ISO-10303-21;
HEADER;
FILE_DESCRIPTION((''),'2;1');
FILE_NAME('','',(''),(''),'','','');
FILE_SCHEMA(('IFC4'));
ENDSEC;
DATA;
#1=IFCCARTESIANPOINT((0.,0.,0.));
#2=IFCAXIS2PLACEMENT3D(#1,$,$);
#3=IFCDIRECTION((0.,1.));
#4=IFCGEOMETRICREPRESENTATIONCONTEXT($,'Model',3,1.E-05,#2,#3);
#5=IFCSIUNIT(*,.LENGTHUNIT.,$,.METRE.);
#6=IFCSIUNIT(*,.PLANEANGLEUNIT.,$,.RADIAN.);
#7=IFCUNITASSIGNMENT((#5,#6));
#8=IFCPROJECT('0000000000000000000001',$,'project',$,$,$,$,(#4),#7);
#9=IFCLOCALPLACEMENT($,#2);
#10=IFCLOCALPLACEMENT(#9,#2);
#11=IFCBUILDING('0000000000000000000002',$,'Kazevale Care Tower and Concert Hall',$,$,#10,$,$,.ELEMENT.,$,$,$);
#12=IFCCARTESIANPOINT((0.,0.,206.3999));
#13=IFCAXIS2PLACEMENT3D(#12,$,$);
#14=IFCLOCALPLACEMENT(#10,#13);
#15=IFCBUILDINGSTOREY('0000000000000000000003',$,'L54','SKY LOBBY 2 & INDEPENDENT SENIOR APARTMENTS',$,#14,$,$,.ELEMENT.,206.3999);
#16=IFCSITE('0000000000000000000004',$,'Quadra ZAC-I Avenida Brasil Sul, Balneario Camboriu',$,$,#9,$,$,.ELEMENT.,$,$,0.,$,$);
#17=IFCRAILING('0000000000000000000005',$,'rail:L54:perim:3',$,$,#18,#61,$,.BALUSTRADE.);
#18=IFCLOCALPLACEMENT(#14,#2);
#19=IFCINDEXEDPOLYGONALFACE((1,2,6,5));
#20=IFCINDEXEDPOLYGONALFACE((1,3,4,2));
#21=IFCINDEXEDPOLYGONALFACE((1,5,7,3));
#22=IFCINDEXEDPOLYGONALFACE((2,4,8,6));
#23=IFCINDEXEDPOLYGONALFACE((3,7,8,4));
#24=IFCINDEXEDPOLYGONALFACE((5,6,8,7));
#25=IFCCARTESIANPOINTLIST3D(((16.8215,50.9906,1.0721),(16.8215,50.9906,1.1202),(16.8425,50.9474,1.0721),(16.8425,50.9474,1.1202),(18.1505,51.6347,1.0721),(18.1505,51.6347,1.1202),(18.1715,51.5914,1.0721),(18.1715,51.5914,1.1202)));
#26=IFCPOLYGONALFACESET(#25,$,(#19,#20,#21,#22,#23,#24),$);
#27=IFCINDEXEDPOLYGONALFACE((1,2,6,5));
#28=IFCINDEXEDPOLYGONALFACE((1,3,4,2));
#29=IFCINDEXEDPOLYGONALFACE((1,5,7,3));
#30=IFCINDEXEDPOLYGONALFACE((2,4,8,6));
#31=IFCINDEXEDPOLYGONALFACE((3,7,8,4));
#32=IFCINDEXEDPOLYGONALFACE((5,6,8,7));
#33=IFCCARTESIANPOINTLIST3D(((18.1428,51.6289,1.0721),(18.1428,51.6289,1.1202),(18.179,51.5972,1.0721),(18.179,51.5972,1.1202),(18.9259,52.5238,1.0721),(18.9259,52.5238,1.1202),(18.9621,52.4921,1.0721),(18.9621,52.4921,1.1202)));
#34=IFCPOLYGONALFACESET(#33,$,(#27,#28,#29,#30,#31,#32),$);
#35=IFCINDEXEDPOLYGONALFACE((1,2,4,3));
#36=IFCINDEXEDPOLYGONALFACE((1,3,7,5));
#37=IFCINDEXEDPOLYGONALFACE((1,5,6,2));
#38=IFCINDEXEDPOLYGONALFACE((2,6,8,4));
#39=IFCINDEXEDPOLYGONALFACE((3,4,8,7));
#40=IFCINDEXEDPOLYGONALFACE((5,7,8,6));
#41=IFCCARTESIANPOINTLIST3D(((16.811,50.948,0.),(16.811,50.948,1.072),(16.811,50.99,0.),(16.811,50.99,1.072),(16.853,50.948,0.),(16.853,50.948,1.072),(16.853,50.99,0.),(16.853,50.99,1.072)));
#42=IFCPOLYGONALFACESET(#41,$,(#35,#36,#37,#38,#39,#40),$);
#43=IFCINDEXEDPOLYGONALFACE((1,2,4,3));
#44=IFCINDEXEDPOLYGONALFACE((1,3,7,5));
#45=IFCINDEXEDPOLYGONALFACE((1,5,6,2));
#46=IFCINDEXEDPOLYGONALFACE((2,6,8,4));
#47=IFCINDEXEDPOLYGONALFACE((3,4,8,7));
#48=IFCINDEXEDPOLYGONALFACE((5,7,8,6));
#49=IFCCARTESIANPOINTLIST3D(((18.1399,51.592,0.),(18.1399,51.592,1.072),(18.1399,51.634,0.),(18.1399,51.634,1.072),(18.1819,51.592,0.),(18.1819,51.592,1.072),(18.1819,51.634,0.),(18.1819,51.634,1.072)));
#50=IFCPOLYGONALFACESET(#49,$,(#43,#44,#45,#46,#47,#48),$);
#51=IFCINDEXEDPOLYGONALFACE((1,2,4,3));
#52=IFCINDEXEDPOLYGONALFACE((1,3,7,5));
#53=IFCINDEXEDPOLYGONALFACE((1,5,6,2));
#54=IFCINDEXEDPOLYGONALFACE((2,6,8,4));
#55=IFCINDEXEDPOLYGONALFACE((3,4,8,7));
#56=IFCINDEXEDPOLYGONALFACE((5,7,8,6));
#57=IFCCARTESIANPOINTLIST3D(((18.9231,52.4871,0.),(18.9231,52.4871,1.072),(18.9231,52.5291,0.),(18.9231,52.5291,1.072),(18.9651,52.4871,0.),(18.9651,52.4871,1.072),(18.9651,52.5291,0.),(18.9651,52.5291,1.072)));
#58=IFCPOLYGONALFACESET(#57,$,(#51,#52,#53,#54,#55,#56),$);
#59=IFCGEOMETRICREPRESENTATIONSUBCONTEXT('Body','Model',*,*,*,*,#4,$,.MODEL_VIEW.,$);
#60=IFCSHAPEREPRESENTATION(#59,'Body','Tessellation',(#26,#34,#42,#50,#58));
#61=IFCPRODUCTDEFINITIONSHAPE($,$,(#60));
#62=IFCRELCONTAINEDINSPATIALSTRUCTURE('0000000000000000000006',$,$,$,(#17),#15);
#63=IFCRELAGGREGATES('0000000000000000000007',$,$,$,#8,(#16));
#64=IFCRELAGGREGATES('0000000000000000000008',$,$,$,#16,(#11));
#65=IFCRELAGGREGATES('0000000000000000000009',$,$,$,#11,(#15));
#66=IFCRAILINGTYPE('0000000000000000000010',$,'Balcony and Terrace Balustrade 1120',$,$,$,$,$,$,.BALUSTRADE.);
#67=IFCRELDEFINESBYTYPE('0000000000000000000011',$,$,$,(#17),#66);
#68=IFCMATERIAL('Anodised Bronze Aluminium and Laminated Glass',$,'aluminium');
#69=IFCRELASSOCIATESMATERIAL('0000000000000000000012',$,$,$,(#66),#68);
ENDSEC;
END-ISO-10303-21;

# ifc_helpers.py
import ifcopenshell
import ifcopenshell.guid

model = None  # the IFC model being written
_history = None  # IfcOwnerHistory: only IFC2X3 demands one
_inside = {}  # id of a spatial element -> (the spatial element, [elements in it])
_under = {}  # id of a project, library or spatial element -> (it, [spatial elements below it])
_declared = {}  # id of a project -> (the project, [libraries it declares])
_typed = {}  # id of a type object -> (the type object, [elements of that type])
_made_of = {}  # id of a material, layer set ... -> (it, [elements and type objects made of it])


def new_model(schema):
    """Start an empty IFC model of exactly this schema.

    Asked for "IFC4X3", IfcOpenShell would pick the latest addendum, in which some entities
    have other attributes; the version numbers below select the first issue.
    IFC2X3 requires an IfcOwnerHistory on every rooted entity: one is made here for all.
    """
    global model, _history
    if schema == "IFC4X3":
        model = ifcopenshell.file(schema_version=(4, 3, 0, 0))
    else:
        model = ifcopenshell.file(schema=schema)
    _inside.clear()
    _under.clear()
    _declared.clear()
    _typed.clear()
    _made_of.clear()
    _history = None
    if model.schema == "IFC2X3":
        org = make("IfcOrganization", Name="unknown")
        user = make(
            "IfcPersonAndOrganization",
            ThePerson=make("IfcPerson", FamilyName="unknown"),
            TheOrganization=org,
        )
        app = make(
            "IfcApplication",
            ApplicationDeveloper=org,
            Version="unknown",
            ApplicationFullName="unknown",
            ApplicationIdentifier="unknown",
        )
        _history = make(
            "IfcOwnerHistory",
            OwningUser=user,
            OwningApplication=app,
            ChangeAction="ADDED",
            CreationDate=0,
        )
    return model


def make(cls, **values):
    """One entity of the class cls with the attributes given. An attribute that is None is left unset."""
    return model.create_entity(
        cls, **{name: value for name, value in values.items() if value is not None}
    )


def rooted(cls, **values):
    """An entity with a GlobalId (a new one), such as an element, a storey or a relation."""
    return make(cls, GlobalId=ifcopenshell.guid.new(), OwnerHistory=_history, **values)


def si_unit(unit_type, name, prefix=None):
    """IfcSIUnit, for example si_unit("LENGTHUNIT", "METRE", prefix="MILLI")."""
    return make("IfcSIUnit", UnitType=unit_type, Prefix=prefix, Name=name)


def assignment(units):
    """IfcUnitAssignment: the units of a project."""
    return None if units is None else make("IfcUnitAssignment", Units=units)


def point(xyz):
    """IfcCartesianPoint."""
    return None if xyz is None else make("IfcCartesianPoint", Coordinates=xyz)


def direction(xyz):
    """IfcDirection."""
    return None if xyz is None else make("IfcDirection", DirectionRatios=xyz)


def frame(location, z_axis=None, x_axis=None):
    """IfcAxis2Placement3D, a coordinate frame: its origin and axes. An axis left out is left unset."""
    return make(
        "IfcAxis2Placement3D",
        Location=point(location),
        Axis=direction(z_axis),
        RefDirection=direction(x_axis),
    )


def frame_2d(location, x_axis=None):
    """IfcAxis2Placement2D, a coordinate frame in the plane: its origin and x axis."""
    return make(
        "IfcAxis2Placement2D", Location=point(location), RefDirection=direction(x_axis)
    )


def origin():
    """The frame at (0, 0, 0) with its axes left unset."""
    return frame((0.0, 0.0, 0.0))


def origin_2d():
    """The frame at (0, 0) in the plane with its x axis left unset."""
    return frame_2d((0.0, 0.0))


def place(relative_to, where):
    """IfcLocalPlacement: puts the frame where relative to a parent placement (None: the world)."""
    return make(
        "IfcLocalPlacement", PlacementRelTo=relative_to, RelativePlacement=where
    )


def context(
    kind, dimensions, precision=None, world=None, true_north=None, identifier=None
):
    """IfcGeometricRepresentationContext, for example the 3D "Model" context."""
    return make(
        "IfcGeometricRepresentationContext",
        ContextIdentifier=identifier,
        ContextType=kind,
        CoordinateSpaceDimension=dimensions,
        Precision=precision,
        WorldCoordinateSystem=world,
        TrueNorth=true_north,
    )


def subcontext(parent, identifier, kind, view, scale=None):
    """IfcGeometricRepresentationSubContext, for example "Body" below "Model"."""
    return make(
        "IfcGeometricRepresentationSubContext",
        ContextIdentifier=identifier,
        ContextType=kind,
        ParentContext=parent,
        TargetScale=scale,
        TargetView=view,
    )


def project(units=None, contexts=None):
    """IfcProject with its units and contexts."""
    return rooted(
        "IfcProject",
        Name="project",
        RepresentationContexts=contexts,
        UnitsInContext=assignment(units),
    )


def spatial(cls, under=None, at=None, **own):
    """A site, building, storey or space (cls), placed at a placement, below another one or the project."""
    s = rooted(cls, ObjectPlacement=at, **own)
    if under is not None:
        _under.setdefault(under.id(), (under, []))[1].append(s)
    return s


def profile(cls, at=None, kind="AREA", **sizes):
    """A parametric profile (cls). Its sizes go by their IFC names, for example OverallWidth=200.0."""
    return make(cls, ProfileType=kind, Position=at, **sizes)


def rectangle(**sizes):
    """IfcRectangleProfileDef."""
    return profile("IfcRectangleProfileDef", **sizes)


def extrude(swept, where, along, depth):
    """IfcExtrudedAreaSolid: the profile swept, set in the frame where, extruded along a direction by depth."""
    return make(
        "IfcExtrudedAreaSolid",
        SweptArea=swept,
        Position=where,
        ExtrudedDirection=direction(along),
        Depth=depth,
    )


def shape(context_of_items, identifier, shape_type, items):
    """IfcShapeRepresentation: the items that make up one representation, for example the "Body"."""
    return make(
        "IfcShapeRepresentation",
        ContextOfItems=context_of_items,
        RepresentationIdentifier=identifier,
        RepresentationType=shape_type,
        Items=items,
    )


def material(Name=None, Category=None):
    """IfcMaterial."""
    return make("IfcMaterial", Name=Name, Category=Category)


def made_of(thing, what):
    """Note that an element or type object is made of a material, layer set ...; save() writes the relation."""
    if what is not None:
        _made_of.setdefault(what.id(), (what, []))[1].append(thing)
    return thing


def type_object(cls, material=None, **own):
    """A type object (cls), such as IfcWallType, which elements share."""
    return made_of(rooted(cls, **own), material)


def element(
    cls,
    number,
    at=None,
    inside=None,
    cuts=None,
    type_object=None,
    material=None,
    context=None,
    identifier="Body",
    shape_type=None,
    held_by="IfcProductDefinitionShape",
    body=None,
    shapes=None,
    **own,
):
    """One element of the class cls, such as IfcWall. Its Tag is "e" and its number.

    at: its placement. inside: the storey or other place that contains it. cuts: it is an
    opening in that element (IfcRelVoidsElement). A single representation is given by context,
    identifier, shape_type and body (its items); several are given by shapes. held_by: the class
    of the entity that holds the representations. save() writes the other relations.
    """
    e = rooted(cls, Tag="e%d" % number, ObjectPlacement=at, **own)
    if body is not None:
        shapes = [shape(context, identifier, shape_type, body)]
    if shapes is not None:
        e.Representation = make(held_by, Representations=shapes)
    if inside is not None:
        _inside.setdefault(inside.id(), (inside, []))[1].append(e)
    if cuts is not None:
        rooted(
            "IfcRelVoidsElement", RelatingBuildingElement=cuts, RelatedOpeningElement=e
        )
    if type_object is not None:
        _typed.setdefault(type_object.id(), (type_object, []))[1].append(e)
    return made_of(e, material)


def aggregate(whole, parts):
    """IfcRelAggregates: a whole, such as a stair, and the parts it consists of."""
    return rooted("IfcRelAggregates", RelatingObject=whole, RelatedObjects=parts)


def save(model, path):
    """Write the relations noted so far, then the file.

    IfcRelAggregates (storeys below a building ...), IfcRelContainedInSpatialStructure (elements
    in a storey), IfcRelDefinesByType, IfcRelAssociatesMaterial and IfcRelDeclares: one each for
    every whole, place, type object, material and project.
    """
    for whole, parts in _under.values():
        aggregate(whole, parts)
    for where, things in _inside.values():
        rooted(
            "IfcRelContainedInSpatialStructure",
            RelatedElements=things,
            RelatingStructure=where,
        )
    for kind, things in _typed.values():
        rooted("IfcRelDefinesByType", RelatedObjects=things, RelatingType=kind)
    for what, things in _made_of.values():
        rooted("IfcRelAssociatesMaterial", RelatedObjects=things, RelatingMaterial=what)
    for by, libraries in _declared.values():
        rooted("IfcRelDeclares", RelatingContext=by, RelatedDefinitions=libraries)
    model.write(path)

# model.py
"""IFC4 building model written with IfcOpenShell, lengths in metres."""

from ifc_helpers import new_model, si_unit, direction, frame, origin, origin_2d, place, context, subcontext, project, spatial, rectangle, extrude, material, type_object, element, save


model = new_model("IFC4")

# Units and contexts
model_context = context("Model", 3, precision=1e-05, world=origin(), true_north=direction((0.0, 1.0)))
body_context = subcontext(model_context, "Body", "Model", "MODEL_VIEW")
ifc_project = project(units=[si_unit("LENGTHUNIT", "METRE"), si_unit("PLANEANGLEUNIT", "RADIAN")], contexts=[model_context])

# Site, building, storey
site_placement = place(None, origin())
site = spatial("IfcSite", under=ifc_project, at=site_placement, Name="Quadra ZAC-I Avenida Brasil Sul, Balneario Camboriu", CompositionType="ELEMENT", RefElevation=0.0)
building_placement = place(site_placement, origin())
building = spatial("IfcBuilding", under=site, at=building_placement, Name="Kazevale Care Tower and Concert Hall", CompositionType="ELEMENT")
storey_placement = place(building_placement, frame((0.0, 0.0, 206.3999)))
storey = spatial("IfcBuildingStorey", under=building, at=storey_placement, Name="L54", Description="SKY LOBBY 2 & INDEPENDENT SENIOR APARTMENTS", CompositionType="ELEMENT", Elevation=206.3999)

# Railing
ifc_material_1 = material(Name="Anodised Bronze Aluminium and Laminated Glass", Category="aluminium")
railing_type = type_object("IfcRailingType", Name="Balcony and Terrace Balustrade 1120", PredefinedType="BALUSTRADE", material=ifc_material_1)
railing_1_placement = place(storey_placement, frame((16.832, 50.969, 0.0)))
element("IfcRailing", 1, at=railing_1_placement, inside=storey, type_object=railing_type, Name="rail:L54:perim:3", PredefinedType="BALUSTRADE", context=body_context, shape_type="SweptSolid", body=[
    extrude(rectangle(XDim=0.0481, YDim=0.0481, at=origin_2d()), frame((0.0, 0.0, 1.0962), z_axis=(0.899881, 0.436136, 0.0), x_axis=(-0.436136, 0.899881, 0.0)), (0.0, 0.0, 1.0), 1.4768),
    extrude(rectangle(XDim=0.0481, YDim=0.0481, at=origin_2d()), frame((1.3289, 0.644, 1.0962), z_axis=(0.658534, 0.752551, 0.0), x_axis=(-0.752551, 0.658534, 0.0)), (0.0, 0.0, 1.0), 1.1892),
    extrude(rectangle(XDim=0.042, YDim=0.042, at=origin_2d()), origin(), (0.0, 0.0, 1.0), 1.072),
    extrude(rectangle(XDim=0.042, YDim=0.042, at=origin_2d()), frame((1.3289, 0.644, 0.0)), (0.0, 0.0, 1.0), 1.072),
    extrude(rectangle(XDim=0.042, YDim=0.042, at=origin_2d()), frame((2.1121, 1.5391, 0.0)), (0.0, 0.0, 1.0), 1.072),
])

save(model, "model.ifc")
